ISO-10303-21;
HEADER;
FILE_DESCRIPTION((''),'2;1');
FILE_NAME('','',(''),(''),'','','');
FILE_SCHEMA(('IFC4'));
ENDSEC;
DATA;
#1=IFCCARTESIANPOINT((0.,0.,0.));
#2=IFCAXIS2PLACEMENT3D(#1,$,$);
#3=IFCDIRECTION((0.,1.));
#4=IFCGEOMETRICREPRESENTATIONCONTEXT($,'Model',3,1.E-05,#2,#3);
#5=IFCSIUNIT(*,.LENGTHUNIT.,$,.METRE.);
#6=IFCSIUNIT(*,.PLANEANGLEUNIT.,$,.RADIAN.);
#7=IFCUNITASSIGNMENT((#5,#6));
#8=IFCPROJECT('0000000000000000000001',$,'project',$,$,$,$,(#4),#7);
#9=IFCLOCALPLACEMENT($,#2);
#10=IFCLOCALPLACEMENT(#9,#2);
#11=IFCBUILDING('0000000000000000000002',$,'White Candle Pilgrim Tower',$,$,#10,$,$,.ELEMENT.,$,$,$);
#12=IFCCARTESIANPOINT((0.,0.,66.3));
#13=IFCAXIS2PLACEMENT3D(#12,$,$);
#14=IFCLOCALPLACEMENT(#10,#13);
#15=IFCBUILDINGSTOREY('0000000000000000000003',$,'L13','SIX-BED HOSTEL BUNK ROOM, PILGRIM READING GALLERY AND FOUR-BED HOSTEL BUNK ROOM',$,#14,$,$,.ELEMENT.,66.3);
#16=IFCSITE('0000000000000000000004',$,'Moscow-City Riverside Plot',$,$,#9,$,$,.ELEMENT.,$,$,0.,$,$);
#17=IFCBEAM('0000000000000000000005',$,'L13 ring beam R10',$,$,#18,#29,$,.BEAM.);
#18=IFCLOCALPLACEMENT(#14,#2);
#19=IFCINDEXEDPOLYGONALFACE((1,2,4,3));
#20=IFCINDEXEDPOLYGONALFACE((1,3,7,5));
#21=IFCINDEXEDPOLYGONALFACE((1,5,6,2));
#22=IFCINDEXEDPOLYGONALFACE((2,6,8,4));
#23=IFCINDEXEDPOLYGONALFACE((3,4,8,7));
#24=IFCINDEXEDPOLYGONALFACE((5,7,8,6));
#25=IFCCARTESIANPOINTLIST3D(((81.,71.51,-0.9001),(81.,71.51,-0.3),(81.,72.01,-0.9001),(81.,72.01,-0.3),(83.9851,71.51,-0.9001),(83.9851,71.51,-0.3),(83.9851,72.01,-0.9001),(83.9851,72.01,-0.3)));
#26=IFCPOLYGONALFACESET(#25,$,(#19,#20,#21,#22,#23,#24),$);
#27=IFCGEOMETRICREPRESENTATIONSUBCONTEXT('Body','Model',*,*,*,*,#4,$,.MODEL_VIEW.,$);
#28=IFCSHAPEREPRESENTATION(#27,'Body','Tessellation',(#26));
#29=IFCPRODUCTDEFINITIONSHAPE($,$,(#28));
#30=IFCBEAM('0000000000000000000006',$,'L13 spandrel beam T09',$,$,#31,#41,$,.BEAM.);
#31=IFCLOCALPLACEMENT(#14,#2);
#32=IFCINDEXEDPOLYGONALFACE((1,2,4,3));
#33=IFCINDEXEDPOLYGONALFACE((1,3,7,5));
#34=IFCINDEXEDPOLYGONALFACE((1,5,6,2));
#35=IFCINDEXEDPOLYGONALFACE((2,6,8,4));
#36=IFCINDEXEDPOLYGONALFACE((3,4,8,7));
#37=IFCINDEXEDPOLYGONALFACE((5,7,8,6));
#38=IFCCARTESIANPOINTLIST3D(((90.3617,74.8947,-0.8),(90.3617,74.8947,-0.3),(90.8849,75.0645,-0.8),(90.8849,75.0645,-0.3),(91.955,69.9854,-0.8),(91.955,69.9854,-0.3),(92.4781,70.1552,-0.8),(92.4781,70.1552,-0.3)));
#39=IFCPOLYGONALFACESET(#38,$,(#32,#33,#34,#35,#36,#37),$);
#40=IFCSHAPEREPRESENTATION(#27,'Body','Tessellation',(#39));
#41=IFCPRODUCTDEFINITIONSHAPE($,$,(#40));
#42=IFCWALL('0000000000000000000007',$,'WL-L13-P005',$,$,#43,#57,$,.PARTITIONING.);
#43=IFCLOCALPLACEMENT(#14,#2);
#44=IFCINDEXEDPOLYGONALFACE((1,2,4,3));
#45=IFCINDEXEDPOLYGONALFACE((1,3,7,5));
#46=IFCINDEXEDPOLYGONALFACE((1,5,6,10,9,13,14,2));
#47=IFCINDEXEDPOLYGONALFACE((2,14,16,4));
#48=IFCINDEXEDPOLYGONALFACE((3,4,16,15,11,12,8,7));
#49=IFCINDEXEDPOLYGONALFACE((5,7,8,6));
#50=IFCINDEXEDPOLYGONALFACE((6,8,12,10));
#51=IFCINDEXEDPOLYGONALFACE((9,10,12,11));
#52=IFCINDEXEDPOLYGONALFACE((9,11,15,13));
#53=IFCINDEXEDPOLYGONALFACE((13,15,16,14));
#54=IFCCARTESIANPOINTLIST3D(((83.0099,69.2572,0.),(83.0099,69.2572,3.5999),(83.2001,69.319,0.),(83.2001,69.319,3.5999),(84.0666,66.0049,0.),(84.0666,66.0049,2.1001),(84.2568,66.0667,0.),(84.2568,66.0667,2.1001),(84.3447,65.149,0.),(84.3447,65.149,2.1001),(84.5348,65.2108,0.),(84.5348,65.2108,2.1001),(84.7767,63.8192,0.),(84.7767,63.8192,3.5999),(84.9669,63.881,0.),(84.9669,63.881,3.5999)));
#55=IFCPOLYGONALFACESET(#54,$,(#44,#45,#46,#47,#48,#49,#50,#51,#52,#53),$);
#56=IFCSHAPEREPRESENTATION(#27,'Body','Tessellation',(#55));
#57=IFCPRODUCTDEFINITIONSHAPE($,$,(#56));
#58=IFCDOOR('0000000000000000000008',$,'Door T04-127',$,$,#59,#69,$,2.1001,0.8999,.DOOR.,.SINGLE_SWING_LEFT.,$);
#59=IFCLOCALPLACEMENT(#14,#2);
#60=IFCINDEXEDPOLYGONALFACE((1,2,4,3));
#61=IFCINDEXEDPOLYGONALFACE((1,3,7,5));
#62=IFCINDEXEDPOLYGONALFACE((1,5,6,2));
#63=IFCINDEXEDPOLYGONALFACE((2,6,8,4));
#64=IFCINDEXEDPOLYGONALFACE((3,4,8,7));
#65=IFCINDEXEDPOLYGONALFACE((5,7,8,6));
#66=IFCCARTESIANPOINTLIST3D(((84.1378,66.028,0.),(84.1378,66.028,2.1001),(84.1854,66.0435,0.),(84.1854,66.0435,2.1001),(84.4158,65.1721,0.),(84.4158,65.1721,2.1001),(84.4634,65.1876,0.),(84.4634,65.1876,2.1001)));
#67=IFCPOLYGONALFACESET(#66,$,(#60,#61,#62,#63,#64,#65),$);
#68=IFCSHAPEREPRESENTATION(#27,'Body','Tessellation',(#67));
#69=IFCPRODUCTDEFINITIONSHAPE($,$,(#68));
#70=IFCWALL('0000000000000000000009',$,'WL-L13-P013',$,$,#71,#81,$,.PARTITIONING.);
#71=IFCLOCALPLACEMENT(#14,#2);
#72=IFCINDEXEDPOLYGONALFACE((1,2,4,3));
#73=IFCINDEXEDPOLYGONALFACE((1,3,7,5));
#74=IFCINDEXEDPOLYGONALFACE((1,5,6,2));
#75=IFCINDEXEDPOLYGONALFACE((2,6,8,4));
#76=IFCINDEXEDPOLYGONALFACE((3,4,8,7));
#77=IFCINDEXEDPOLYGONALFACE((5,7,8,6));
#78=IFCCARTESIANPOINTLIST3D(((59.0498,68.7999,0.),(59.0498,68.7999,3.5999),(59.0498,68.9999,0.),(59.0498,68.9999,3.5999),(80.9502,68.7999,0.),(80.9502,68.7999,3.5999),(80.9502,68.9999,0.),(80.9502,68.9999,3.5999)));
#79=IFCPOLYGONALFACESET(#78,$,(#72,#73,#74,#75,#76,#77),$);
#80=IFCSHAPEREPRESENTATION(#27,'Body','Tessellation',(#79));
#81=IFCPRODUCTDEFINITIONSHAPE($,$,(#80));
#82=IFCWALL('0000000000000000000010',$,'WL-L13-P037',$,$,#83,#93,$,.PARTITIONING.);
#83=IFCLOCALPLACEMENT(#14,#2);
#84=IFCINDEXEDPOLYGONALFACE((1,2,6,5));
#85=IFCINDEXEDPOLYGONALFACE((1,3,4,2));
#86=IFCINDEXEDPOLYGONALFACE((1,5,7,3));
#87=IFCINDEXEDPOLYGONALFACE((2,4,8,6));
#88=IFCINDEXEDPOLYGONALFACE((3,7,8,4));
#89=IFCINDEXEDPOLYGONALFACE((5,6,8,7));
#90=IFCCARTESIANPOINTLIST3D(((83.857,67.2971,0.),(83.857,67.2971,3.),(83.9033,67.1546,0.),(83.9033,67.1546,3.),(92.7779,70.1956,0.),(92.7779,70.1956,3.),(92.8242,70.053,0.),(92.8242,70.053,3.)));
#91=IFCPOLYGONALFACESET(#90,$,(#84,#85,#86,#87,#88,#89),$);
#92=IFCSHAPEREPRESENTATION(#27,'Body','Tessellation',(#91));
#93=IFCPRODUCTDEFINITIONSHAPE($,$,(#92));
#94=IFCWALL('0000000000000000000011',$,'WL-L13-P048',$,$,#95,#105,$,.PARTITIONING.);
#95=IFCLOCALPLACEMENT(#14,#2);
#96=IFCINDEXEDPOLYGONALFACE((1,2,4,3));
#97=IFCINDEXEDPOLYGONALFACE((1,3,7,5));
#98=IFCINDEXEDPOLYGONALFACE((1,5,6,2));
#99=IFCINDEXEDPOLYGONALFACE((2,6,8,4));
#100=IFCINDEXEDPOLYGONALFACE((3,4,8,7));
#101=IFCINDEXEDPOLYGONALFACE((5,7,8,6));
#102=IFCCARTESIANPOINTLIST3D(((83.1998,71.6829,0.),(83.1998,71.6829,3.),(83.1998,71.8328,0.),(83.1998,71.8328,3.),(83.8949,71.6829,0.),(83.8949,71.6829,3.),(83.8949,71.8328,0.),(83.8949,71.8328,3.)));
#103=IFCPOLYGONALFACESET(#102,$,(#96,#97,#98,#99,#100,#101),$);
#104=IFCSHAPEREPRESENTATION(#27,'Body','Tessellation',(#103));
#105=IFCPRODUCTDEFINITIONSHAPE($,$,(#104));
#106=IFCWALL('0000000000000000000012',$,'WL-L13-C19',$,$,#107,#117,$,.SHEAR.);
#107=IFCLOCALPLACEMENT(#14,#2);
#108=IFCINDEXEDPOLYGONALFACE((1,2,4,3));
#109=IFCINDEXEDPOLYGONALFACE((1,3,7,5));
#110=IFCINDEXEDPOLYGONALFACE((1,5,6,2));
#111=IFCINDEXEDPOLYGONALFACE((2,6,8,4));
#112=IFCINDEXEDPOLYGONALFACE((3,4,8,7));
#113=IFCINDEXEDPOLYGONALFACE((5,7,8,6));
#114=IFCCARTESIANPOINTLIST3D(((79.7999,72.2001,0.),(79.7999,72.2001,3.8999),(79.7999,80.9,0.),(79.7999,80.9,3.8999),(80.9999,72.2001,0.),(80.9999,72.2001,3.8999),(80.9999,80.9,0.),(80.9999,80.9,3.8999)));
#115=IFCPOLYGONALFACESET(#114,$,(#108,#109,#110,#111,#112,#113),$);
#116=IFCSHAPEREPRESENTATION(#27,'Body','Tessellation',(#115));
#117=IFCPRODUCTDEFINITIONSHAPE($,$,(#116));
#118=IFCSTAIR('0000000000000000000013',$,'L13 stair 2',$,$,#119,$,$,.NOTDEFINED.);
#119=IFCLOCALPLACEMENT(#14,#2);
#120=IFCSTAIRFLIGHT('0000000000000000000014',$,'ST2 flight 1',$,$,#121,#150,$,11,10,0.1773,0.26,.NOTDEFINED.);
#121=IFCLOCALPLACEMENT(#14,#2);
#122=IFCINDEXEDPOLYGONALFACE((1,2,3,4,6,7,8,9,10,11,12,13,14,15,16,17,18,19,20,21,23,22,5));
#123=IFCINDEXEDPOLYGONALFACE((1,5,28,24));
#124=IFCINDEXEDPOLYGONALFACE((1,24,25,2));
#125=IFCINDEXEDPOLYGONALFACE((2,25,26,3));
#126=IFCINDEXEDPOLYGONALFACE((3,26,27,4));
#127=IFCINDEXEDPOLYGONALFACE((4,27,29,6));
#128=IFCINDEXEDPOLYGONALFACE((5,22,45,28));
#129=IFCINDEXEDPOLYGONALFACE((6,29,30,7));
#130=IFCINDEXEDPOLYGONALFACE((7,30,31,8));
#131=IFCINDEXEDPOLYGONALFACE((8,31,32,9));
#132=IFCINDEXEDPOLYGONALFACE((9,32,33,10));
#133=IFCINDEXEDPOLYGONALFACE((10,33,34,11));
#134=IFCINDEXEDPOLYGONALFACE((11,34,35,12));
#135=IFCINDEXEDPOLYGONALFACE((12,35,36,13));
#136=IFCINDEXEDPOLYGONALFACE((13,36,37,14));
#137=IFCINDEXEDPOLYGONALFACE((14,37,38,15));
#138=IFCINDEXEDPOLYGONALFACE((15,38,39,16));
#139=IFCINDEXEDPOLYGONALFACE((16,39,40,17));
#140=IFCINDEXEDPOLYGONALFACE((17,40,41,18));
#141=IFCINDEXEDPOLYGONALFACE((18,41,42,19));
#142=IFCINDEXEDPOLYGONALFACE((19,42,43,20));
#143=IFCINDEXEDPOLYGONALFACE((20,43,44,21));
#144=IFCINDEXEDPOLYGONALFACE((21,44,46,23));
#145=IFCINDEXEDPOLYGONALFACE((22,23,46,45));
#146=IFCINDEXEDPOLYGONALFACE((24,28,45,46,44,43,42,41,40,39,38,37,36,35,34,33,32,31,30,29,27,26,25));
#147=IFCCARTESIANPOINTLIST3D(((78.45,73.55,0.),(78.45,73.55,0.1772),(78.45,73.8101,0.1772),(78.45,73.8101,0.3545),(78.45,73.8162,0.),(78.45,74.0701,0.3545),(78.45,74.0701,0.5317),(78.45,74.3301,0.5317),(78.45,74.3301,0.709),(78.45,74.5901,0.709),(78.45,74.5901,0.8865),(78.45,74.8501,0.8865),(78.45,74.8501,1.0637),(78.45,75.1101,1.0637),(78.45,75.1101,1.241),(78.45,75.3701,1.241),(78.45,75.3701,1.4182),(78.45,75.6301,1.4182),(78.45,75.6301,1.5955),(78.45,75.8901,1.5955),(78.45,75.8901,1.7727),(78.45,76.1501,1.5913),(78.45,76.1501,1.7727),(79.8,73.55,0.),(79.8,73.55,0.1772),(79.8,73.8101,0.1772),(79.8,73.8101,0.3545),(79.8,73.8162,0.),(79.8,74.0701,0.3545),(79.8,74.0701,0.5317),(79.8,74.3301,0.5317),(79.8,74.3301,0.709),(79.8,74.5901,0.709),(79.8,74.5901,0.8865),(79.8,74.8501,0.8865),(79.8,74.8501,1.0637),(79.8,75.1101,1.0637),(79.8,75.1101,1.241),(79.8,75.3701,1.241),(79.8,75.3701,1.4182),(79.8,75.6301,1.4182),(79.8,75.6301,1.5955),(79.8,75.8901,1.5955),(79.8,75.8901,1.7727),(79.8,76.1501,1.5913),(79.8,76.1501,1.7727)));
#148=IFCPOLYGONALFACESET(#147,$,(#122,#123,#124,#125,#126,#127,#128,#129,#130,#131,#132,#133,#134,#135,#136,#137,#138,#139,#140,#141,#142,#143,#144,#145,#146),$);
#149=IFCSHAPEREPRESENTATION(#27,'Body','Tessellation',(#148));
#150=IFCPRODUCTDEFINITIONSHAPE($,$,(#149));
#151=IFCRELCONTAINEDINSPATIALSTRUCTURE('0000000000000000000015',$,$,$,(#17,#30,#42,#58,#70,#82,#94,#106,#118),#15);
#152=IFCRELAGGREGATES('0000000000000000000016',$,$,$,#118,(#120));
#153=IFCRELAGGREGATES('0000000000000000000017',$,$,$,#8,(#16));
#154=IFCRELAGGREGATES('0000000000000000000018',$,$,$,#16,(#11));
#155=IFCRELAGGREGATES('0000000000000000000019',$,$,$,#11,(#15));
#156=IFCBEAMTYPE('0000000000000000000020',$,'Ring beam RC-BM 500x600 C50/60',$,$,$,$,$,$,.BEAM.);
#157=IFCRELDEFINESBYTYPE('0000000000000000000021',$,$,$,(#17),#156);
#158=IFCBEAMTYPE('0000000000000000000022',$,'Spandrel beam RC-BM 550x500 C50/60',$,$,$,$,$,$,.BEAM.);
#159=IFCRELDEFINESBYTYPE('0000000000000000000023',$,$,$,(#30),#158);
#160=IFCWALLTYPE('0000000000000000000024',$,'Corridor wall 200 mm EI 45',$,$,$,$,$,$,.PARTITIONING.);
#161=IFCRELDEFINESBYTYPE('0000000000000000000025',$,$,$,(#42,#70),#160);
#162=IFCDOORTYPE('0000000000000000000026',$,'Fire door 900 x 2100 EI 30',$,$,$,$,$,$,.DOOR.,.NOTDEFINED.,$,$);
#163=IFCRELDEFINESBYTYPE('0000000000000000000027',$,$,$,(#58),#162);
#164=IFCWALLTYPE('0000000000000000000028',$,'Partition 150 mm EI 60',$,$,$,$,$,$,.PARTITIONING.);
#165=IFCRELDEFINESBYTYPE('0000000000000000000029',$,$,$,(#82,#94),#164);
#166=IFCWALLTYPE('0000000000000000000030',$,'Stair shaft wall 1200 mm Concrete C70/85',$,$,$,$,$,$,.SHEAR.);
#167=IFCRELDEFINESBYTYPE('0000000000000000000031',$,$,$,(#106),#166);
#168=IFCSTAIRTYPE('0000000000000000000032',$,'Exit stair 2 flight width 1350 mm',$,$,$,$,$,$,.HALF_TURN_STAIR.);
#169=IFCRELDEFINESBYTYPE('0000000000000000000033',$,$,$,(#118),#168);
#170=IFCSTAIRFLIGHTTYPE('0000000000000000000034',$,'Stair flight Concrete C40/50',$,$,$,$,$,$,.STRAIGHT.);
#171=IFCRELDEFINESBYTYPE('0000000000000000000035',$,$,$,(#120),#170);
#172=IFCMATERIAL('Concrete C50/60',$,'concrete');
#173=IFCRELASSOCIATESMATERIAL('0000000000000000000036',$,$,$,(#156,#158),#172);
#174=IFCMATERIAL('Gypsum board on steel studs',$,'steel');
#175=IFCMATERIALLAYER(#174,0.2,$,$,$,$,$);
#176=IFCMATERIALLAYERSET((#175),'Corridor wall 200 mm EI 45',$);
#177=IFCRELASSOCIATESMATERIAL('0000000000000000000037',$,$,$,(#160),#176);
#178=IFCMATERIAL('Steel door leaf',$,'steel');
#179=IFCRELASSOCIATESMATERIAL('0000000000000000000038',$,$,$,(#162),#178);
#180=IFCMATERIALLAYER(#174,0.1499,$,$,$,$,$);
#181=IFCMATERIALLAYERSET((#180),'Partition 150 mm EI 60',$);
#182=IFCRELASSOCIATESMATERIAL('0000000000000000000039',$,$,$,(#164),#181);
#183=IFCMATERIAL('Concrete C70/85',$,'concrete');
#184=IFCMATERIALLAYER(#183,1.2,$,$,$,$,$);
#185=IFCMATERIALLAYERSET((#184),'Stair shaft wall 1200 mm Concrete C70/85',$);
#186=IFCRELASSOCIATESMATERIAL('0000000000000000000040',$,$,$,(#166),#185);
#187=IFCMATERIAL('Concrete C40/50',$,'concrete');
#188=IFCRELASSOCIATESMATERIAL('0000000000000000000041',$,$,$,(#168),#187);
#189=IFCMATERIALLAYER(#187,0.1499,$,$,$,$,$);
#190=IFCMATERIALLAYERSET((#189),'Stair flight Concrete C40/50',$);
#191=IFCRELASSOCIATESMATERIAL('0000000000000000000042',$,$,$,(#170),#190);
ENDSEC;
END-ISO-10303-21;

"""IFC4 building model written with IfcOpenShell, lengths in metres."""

from ifc_helpers import new_model, si_unit, direction, frame, frame_2d, origin, origin_2d, place, context, subcontext, project, spatial, polyline, rectangle, outline, extrude, material, layer, layer_set, material_profile, profile_set, type_object, element, fill, aggregate, save


model = new_model("IFC4")

# Units and contexts
model_context = context("Model", 3, precision=1e-05, world=origin(), true_north=direction((0.0, 1.0)))
body_context = subcontext(model_context, "Body", "Model", "MODEL_VIEW")
ifc_project = project(units=[si_unit("LENGTHUNIT", "METRE"), si_unit("PLANEANGLEUNIT", "RADIAN")], contexts=[model_context])

# Site, building, storey
site_placement = place(None, origin())
site = spatial("IfcSite", under=ifc_project, at=site_placement, Name="Moscow-City Riverside Plot", CompositionType="ELEMENT", RefElevation=0.0)
building_placement = place(site_placement, origin())
building = spatial("IfcBuilding", under=site, at=building_placement, Name="White Candle Pilgrim Tower", CompositionType="ELEMENT")
storey_placement = place(building_placement, frame((0.0, 0.0, 66.3)))
storey = spatial("IfcBuildingStorey", under=building, at=storey_placement, Name="L13", Description="SIX-BED HOSTEL BUNK ROOM, PILGRIM READING GALLERY AND FOUR-BED HOSTEL BUNK ROOM", CompositionType="ELEMENT", Elevation=66.3)

# Beams
ifc_material_1 = material(Name="Concrete C50/60", Category="concrete")
ifc_material_profile_1 = material_profile(ifc_material_1, rectangle(XDim=0.5, YDim=0.6001, at=origin_2d()), Name="RC-BM 500x600")
ifc_profile_set_1 = profile_set([ifc_material_profile_1], Name="Concrete C50/60")
beam_type_1 = type_object("IfcBeamType", Name="Ring beam RC-BM 500x600 C50/60", PredefinedType="BEAM", material=ifc_profile_set_1)
beam_1_placement = place(storey_placement, frame((83.9851, 71.76, -0.6001), z_axis=(-1.0, 0.0, 0.0), x_axis=(0.0, -1.0, 0.0)))
element("IfcBeam", 1, at=beam_1_placement, inside=storey, type_object=beam_type_1, Name="L13 ring beam R10", PredefinedType="BEAM", context=body_context, shape_type="SweptSolid", body=[
    extrude(rectangle(XDim=0.5, YDim=0.6001, at=origin_2d()), origin(), (0.0, 0.0, 1.0), 2.9851),
])
ifc_material_profile_2 = material_profile(ifc_material_1, rectangle(XDim=0.55, YDim=0.5, at=origin_2d()), Name="RC-BM 550x500")
ifc_profile_set_2 = profile_set([ifc_material_profile_2], Name="Concrete C50/60")
beam_type_2 = type_object("IfcBeamType", Name="Spandrel beam RC-BM 550x500 C50/60", PredefinedType="BEAM", material=ifc_profile_set_2)
beam_2_placement = place(storey_placement, frame((92.2166, 70.0703, -0.55), z_axis=(-0.308683, 0.951165, 0.0), x_axis=(-0.951165, -0.308683, 0.0)))
element("IfcBeam", 2, at=beam_2_placement, inside=storey, type_object=beam_type_2, Name="L13 spandrel beam T09", PredefinedType="BEAM", context=body_context, shape_type="SweptSolid", body=[
    extrude(rectangle(XDim=0.55, YDim=0.5, at=origin_2d()), origin(), (0.0, 0.0, 1.0), 5.1614),
])

# Wall, opening, door
ifc_material_2 = material(Name="Gypsum board on steel studs", Category="steel")
ifc_layer_1 = layer(ifc_material_2, 0.2)
ifc_layer_set_1 = layer_set([ifc_layer_1], Name="Corridor wall 200 mm EI 45")
wall_type_1 = type_object("IfcWallType", Name="Corridor wall 200 mm EI 45", PredefinedType="PARTITIONING", material=ifc_layer_set_1)
wall_1_placement = place(storey_placement, frame((83.105, 69.2881, 0.0), z_axis=(0.0, 0.0, 1.0), x_axis=(0.309007, -0.95106, 0.0)))
wall_1 = element("IfcWall", 3, at=wall_1_placement, inside=storey, type_object=wall_type_1, Name="WL-L13-P005", PredefinedType="PARTITIONING", context=body_context, shape_type="SweptSolid", body=[
    extrude(rectangle(XDim=5.7178, YDim=0.2, at=frame_2d((2.8589, 0.0))), origin(), (0.0, 0.0, 1.0), 3.5999),
])
opening_placement = place(wall_1_placement, frame((3.4197, 0.0, 0.0)))
opening = element("IfcOpeningElement", 4, at=opening_placement, cuts=wall_1, PredefinedType="OPENING", context=body_context, shape_type="SweptSolid", body=[
    extrude(rectangle(XDim=0.8999, YDim=2.1001, at=frame_2d((0.45, 1.05))), frame((0.0, 0.1099, 0.0), z_axis=(0.0, -1.0, 0.0), x_axis=(1.0, 0.0, 0.0)), (0.0, 0.0, 1.0), 0.22),
])
ifc_material_3 = material(Name="Steel door leaf", Category="steel")
door_type = type_object("IfcDoorType", Name="Fire door 900 x 2100 EI 30", OperationType="NOTDEFINED", PredefinedType="DOOR", material=ifc_material_3)
door_placement = place(opening_placement, origin())
door = element("IfcDoor", 5, at=door_placement, inside=storey, type_object=door_type, Name="Door T04-127", OperationType="SINGLE_SWING_LEFT", OverallHeight=2.1001, OverallWidth=0.8999, PredefinedType="DOOR", context=body_context, shape_type="SweptSolid", body=[
    extrude(rectangle(XDim=0.8999, YDim=2.1001, at=frame_2d((0.45, 1.05))), frame((0.0, 0.0249, 0.0), z_axis=(0.0, -1.0, 0.0), x_axis=(1.0, 0.0, 0.0)), (0.0, 0.0, 1.0), 0.05),
])
fill(opening, door)

# Walls
wall_2_placement = place(storey_placement, frame((80.9502, 68.8999, 0.0), z_axis=(0.0, 0.0, 1.0), x_axis=(-1.0, 0.0, 0.0)))
element("IfcWall", 6, at=wall_2_placement, inside=storey, type_object=wall_type_1, Name="WL-L13-P013", PredefinedType="PARTITIONING", context=body_context, shape_type="SweptSolid", body=[
    extrude(rectangle(XDim=21.9004, YDim=0.2, at=frame_2d((10.9502, 0.0))), origin(), (0.0, 0.0, 1.0), 3.5999),
])
ifc_layer_2 = layer(ifc_material_2, 0.1499)
ifc_layer_set_2 = layer_set([ifc_layer_2], Name="Partition 150 mm EI 60")
wall_type_2 = type_object("IfcWallType", Name="Partition 150 mm EI 60", PredefinedType="PARTITIONING", material=ifc_layer_set_2)
wall_3_placement = place(storey_placement, frame((92.801, 70.1243, 0.0), z_axis=(0.0, 0.0, 1.0), x_axis=(-0.951061, -0.309004, 0.0)))
element("IfcWall", 7, at=wall_3_placement, inside=storey, type_object=wall_type_2, Name="WL-L13-P037", PredefinedType="PARTITIONING", context=body_context, shape_type="SweptSolid", body=[
    extrude(rectangle(XDim=9.3799, YDim=0.1499, at=frame_2d((4.6899, 0.0))), origin(), (0.0, 0.0, 1.0), 3.0),
])
wall_4_placement = place(storey_placement, frame((83.895, 71.7578, 0.0), z_axis=(0.0, 0.0, 1.0), x_axis=(-1.0, 0.0, 0.0)))
element("IfcWall", 8, at=wall_4_placement, inside=storey, type_object=wall_type_2, Name="WL-L13-P048", PredefinedType="PARTITIONING", context=body_context, shape_type="SweptSolid", body=[
    extrude(rectangle(XDim=0.6951, YDim=0.1499, at=frame_2d((0.3477, 0.0))), origin(), (0.0, 0.0, 1.0), 3.0),
])
ifc_material_4 = material(Name="Concrete C70/85", Category="concrete")
ifc_layer_3 = layer(ifc_material_4, 1.2)
ifc_layer_set_3 = layer_set([ifc_layer_3], Name="Stair shaft wall 1200 mm Concrete C70/85")
wall_type_3 = type_object("IfcWallType", Name="Stair shaft wall 1200 mm Concrete C70/85", PredefinedType="SHEAR", material=ifc_layer_set_3)
wall_5_placement = place(storey_placement, frame((80.3999, 72.2, 0.0), z_axis=(0.0, 0.0, 1.0), x_axis=(0.0, 1.0, 0.0)))
element("IfcWall", 9, at=wall_5_placement, inside=storey, type_object=wall_type_3, Name="WL-L13-C19", PredefinedType="SHEAR", context=body_context, shape_type="SweptSolid", body=[
    extrude(rectangle(XDim=8.7, YDim=1.2, at=frame_2d((4.3501, 0.0))), origin(), (0.0, 0.0, 1.0), 3.8999),
])

# Stair, stair flight
ifc_material_5 = material(Name="Concrete C40/50", Category="concrete")
stair_type = type_object("IfcStairType", Name="Exit stair 2 flight width 1350 mm", PredefinedType="HALF_TURN_STAIR", material=ifc_material_5)
stair_placement = place(storey_placement, origin())
stair = element("IfcStair", 10, at=stair_placement, inside=storey, type_object=stair_type, Name="L13 stair 2", PredefinedType="NOTDEFINED")
ifc_layer_4 = layer(ifc_material_5, 0.1499)
ifc_layer_set_4 = layer_set([ifc_layer_4], Name="Stair flight Concrete C40/50")
stair_flight_type = type_object("IfcStairFlightType", Name="Stair flight Concrete C40/50", PredefinedType="STRAIGHT", material=ifc_layer_set_4)
stair_flight_placement = place(storey_placement, frame((79.125, 73.55, 0.0), z_axis=(0.0, 0.0, 1.0), x_axis=(0.0, 1.0, 0.0)))
stair_flight = element("IfcStairFlight", 11, at=stair_flight_placement, type_object=stair_flight_type, Name="ST2 flight 1", NumberOfRisers=11, NumberOfTreads=10, PredefinedType="NOTDEFINED", RiserHeight=0.1773, TreadLength=0.26, context=body_context, shape_type="SweptSolid", body=[
    extrude(outline(polyline([(0.0, 0.0), (0.0, 0.1772), (0.26, 0.1772), (0.26, 0.3545), (0.52, 0.3545), (0.52, 0.5317), (0.78, 0.5317), (0.78, 0.709), (1.04, 0.709), (1.04, 0.8865), (1.3, 0.8865), (1.3, 1.0637), (1.5601, 1.0637), (1.5601, 1.241), (1.8201, 1.241), (1.8201, 1.4182), (2.0801, 1.4182), (2.0801, 1.5955), (2.3401, 1.5955), (2.3401, 1.7727), (2.6001, 1.7727), (2.6001, 1.95), (2.6001, 1.5913), (0.2661, 0.0), (0.0, 0.0)])), frame((0.0, 0.675, 0.0), z_axis=(0.0, -1.0, 0.0), x_axis=(1.0, 0.0, 0.0)), (0.0, 0.0, 1.0), 1.3501),
])
aggregate(stair, [stair_flight])

save(model, "model.ifc")
